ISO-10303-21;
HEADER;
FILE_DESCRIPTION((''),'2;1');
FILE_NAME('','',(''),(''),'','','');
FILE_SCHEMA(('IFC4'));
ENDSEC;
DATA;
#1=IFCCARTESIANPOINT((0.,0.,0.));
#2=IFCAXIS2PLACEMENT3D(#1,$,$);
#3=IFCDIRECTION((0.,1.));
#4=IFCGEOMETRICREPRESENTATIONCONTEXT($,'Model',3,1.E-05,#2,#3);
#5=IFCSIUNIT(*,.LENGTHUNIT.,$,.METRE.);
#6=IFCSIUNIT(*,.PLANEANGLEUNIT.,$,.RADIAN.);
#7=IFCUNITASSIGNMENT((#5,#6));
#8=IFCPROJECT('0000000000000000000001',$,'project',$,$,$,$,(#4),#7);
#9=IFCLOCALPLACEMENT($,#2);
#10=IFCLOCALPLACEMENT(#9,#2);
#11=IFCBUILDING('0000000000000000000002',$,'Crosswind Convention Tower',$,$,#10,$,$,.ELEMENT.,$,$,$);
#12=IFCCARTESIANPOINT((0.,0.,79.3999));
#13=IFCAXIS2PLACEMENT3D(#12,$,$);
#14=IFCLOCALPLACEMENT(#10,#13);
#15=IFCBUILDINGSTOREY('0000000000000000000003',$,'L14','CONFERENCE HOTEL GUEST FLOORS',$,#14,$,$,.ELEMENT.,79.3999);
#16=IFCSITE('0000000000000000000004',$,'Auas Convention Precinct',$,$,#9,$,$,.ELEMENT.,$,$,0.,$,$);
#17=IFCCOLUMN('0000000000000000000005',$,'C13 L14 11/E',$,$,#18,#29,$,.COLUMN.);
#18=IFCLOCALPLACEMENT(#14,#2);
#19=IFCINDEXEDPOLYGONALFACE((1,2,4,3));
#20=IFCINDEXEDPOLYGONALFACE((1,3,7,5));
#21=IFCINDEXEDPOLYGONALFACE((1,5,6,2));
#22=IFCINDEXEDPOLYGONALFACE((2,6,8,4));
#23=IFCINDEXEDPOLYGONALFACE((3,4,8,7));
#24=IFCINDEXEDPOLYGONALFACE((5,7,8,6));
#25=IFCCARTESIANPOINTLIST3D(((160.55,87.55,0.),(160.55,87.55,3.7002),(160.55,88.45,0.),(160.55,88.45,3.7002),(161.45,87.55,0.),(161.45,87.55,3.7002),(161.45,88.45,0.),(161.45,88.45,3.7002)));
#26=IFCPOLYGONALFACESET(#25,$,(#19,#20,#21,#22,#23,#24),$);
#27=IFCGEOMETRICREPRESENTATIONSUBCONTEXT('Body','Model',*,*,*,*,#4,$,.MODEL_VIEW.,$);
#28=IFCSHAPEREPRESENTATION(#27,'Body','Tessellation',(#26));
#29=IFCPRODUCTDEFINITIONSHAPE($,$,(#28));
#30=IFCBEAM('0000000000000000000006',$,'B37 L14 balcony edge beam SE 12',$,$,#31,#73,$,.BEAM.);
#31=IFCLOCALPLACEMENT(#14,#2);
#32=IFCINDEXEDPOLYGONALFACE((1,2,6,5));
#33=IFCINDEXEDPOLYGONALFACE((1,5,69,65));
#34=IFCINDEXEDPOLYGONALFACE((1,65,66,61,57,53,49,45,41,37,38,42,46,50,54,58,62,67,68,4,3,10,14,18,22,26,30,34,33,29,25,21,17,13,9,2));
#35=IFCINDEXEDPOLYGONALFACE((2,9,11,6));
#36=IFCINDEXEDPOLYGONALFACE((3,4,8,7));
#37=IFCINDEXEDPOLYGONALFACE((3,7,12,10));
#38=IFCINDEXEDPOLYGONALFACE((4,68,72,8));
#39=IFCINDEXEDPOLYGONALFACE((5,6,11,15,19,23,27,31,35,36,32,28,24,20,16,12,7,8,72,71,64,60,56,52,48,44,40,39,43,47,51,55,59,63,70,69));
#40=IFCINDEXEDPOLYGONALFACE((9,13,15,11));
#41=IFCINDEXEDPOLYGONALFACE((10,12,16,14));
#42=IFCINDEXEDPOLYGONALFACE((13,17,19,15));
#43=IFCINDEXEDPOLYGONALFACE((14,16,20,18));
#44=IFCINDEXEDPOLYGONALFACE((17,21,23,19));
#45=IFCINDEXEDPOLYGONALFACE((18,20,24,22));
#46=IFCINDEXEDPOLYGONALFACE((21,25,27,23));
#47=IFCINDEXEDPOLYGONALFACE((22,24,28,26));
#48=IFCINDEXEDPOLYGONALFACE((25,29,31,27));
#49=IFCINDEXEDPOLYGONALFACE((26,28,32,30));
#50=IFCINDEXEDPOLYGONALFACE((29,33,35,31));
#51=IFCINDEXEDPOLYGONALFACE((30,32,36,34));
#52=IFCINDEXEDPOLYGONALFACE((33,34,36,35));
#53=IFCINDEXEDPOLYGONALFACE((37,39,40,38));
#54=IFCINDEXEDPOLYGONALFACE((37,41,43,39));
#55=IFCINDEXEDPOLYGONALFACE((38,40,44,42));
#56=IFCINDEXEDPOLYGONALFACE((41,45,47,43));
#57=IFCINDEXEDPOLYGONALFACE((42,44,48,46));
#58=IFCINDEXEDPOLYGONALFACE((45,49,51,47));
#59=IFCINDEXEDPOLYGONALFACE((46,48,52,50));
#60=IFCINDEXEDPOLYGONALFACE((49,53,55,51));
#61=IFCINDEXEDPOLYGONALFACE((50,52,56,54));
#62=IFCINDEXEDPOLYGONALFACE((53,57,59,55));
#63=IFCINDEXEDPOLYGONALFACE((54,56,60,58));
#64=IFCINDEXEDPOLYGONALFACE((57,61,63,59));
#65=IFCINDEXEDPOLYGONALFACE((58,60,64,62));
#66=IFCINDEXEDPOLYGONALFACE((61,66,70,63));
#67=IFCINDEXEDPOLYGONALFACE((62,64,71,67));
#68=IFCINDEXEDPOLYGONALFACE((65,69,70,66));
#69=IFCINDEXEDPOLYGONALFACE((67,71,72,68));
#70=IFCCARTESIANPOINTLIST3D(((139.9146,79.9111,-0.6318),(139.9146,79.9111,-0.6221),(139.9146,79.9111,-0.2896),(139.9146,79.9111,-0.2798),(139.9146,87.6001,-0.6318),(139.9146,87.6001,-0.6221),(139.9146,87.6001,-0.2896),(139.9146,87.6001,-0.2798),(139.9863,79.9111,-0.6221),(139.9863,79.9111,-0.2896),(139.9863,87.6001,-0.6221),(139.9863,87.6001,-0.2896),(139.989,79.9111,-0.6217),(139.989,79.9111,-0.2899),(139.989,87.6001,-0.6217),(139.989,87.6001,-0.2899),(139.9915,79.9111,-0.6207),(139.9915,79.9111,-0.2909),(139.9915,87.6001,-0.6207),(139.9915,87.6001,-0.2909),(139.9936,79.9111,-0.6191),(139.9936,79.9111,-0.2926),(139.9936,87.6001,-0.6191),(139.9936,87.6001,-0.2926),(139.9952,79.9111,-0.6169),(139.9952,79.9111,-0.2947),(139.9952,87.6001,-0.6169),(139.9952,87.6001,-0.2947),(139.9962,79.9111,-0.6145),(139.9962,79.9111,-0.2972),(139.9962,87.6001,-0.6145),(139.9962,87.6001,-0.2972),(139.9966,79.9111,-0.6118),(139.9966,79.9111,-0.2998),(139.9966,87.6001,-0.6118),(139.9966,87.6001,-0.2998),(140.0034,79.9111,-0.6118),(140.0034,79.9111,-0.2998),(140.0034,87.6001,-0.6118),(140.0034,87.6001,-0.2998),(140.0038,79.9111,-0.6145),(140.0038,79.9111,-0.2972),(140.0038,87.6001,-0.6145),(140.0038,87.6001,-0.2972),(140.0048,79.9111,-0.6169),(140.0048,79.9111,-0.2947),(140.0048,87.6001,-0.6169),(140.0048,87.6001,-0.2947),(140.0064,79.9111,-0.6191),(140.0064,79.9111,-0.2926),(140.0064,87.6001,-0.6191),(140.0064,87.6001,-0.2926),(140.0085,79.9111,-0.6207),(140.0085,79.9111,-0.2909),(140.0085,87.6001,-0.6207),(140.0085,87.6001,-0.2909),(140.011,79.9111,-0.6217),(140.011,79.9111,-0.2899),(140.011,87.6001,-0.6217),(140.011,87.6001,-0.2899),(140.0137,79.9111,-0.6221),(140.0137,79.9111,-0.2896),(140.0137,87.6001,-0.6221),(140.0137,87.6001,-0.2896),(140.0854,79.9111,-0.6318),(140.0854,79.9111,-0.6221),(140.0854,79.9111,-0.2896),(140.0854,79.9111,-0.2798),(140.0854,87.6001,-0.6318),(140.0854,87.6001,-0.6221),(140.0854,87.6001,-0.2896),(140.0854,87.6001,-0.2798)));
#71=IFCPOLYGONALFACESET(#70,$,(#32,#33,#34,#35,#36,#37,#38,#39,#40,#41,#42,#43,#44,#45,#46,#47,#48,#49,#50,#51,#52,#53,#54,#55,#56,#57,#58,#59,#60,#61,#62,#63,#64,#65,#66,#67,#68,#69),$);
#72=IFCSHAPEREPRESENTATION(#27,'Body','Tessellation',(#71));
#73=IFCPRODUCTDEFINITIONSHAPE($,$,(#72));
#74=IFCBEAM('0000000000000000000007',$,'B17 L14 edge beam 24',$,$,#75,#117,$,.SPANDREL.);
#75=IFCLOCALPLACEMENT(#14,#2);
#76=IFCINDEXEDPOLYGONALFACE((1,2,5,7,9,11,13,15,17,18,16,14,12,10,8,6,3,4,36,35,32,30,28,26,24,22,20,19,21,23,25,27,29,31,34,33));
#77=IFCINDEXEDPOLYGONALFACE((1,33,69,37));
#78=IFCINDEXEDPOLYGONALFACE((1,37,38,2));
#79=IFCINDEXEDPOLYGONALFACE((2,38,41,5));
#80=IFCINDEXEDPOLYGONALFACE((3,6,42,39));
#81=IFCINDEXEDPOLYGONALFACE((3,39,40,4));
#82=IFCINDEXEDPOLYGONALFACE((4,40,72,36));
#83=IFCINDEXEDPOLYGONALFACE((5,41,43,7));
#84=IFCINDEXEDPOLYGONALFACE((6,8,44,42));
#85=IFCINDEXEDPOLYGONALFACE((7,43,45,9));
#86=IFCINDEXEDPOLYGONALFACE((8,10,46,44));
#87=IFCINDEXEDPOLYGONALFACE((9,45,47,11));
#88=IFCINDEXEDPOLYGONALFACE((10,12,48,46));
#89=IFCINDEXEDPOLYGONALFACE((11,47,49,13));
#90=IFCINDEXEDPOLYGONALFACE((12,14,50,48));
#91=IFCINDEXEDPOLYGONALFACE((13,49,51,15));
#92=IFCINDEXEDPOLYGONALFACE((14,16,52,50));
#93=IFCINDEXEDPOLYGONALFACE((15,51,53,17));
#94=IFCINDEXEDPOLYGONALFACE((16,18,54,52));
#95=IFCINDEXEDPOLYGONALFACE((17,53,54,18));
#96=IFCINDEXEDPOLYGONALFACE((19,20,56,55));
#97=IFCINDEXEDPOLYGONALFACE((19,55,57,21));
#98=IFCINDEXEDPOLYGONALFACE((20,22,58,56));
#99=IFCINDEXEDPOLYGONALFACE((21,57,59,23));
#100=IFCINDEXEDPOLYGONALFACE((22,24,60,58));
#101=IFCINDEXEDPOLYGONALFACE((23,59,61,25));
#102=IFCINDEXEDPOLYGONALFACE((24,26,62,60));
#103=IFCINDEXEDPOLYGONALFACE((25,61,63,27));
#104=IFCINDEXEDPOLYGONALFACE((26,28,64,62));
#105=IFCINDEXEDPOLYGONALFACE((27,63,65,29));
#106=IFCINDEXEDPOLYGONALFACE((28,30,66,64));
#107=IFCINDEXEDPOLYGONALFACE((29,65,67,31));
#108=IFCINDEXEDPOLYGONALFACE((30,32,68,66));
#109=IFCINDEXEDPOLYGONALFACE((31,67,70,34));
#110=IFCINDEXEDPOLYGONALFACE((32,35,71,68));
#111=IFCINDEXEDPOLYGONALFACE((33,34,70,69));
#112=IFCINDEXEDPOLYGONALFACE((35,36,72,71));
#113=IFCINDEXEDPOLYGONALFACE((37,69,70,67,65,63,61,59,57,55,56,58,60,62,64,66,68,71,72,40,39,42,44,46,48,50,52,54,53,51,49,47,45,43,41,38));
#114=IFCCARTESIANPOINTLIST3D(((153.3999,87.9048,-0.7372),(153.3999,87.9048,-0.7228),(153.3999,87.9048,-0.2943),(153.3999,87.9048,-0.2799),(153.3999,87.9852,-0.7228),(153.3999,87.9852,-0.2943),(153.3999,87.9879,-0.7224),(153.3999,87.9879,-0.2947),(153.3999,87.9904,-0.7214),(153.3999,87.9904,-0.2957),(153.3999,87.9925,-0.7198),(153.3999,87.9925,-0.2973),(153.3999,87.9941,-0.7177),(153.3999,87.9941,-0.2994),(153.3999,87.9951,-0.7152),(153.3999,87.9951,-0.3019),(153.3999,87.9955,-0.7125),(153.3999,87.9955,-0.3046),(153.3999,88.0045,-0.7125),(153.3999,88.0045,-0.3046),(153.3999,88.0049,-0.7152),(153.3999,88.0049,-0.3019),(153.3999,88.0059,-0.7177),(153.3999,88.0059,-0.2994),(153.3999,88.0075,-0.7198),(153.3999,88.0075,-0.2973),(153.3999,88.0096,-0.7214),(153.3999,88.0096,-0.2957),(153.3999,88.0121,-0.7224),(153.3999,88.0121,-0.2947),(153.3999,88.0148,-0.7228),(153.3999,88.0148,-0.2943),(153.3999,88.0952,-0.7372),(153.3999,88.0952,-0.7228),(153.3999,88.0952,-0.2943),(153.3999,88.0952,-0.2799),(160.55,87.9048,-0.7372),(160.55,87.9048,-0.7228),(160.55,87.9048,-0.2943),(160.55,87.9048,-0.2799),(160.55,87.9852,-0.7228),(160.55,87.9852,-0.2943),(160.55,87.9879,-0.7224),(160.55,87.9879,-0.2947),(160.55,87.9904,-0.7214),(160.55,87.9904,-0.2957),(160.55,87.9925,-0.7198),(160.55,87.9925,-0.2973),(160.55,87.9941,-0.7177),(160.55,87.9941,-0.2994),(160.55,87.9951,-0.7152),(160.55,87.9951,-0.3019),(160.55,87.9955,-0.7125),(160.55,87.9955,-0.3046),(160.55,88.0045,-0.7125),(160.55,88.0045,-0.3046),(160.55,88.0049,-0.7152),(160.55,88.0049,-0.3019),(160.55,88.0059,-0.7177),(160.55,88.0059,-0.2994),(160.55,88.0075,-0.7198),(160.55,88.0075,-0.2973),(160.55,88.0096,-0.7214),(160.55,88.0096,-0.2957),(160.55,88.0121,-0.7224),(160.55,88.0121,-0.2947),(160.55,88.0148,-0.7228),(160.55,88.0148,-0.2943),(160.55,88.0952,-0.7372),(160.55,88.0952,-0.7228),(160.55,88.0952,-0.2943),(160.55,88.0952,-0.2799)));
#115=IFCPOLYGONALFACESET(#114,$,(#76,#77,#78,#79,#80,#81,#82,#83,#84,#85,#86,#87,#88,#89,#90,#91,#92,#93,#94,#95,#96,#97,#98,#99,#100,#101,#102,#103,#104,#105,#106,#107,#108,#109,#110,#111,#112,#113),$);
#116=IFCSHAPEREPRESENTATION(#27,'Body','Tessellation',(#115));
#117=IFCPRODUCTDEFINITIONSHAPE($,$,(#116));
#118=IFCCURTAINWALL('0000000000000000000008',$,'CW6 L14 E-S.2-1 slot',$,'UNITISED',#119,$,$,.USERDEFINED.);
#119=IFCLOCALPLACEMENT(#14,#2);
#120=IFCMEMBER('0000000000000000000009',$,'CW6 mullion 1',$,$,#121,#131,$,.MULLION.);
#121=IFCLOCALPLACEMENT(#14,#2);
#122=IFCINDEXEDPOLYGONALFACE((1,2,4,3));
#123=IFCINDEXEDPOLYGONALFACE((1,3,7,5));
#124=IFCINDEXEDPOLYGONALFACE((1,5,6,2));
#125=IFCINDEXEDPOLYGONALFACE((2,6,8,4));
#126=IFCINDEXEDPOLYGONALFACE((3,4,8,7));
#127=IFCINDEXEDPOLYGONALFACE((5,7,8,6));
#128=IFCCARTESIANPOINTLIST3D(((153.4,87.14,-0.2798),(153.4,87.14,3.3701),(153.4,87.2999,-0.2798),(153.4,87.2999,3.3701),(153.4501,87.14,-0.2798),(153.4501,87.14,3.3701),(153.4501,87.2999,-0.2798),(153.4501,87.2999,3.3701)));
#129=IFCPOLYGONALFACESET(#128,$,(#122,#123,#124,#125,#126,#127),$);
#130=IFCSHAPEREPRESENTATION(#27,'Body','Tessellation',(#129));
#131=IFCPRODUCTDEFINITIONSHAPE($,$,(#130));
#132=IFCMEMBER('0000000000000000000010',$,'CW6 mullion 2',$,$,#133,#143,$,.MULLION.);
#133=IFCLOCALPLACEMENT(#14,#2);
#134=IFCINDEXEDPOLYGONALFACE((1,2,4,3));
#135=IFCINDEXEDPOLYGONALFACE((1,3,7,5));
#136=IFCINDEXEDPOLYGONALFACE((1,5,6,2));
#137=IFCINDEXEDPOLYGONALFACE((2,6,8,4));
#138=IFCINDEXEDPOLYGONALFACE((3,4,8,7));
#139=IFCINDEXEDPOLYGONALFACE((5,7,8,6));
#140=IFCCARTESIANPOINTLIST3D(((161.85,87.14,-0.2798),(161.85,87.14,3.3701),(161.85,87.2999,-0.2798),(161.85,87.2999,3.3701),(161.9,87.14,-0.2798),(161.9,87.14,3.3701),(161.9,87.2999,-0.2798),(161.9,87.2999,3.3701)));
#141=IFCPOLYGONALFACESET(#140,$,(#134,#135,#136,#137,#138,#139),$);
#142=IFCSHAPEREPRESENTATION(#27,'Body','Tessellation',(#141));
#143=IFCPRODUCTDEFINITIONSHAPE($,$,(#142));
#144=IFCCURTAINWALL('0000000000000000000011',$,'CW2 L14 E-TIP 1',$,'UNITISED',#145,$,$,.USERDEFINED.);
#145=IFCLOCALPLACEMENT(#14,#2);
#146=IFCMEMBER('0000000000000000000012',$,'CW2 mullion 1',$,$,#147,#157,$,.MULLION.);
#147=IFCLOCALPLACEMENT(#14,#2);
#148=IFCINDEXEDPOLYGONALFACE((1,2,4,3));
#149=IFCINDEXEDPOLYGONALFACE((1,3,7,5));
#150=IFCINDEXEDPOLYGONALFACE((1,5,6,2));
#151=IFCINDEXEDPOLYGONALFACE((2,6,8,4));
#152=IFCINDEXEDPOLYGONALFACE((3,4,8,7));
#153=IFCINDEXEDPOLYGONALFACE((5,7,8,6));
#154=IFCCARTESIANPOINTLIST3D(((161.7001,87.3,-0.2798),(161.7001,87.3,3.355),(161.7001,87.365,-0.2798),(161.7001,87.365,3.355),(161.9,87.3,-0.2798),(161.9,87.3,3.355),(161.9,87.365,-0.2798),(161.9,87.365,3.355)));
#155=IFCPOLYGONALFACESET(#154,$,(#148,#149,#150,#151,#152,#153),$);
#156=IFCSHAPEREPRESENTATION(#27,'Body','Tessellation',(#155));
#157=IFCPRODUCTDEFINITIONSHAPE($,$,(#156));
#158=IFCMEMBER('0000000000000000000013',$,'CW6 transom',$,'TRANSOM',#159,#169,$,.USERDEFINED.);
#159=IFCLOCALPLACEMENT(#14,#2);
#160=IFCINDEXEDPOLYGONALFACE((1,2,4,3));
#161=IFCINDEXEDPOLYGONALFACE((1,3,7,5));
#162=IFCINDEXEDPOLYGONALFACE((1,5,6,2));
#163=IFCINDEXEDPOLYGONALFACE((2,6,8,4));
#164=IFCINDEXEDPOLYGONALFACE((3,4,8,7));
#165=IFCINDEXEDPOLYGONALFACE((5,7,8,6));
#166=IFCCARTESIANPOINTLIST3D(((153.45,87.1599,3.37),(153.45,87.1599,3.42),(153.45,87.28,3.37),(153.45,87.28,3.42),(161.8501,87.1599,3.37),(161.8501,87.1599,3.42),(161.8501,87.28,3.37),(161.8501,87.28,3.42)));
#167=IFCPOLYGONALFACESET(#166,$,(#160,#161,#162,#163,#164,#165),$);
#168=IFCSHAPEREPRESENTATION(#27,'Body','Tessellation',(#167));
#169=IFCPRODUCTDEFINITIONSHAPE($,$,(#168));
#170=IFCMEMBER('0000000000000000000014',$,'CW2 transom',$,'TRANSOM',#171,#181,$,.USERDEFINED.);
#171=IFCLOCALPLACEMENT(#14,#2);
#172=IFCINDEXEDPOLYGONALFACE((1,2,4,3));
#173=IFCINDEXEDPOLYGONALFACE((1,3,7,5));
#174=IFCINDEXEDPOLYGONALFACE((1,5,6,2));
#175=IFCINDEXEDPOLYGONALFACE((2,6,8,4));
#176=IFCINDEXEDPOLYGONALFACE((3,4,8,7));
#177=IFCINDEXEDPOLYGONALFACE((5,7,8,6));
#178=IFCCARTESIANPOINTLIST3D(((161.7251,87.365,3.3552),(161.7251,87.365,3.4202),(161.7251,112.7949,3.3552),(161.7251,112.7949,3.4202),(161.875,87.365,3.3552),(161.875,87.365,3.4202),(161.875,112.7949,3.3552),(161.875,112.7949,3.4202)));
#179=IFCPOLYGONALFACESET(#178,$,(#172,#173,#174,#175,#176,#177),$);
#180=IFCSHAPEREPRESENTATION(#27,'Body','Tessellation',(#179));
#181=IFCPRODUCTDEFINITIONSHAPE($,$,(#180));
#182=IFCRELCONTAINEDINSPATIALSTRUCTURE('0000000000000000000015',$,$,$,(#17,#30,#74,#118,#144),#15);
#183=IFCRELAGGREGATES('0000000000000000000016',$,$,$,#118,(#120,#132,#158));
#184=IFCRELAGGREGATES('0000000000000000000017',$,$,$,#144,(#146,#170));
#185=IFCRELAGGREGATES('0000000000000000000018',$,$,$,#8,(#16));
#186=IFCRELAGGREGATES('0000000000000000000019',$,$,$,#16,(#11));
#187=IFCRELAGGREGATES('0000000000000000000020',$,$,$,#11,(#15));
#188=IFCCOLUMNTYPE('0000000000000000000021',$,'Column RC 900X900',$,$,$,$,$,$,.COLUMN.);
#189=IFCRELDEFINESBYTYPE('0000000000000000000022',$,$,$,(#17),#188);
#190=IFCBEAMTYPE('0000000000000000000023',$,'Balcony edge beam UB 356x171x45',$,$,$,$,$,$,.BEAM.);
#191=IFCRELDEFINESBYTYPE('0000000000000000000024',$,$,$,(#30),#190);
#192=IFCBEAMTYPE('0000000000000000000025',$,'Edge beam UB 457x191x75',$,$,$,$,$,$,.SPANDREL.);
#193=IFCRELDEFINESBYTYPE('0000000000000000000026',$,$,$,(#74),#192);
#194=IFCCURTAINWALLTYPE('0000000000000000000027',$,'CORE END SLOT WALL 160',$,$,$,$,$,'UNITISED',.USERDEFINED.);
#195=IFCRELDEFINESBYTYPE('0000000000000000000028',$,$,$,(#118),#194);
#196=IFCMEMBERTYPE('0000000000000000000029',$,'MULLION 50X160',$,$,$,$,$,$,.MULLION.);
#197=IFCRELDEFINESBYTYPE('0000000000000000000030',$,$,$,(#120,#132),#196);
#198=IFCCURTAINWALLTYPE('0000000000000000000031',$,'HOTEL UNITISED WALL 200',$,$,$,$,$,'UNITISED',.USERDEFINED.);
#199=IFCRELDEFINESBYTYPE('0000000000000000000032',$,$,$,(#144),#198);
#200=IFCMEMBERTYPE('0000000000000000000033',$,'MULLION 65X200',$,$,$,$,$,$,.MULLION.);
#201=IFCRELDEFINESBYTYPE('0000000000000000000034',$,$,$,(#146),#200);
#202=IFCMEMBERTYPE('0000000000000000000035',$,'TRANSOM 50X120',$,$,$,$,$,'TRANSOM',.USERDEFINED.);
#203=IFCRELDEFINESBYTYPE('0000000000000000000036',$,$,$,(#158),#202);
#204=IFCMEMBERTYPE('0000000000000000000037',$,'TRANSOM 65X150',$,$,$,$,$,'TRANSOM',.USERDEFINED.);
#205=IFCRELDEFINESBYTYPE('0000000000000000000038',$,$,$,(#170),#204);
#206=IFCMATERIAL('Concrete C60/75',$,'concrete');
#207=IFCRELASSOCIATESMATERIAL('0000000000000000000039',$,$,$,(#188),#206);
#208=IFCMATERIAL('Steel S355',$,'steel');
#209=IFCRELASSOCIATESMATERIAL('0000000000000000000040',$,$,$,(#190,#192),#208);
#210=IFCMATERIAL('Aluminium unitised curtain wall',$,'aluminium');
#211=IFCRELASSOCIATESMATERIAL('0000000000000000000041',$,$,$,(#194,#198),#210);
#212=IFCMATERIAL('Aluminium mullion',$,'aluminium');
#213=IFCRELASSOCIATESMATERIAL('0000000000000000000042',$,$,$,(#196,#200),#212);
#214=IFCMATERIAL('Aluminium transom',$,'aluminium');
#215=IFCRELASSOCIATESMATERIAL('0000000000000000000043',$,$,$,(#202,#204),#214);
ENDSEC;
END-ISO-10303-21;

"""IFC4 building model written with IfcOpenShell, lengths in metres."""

from ifc_helpers import new_model, si_unit, direction, frame, origin, origin_2d, place, context, subcontext, project, spatial, rectangle, i_section, extrude, material, material_profile, profile_set, type_object, element, aggregate, save


model = new_model("IFC4")

# Units and contexts
model_context = context("Model", 3, precision=1e-05, world=origin(), true_north=direction((0.0, 1.0)))
body_context = subcontext(model_context, "Body", "Model", "MODEL_VIEW")
ifc_project = project(units=[si_unit("LENGTHUNIT", "METRE"), si_unit("PLANEANGLEUNIT", "RADIAN")], contexts=[model_context])

# Site, building, storey
site_placement = place(None, origin())
site = spatial("IfcSite", under=ifc_project, at=site_placement, Name="Auas Convention Precinct", CompositionType="ELEMENT", RefElevation=0.0)
building_placement = place(site_placement, origin())
building = spatial("IfcBuilding", under=site, at=building_placement, Name="Crosswind Convention Tower", CompositionType="ELEMENT")
storey_placement = place(building_placement, frame((0.0, 0.0, 79.3999)))
storey = spatial("IfcBuildingStorey", under=building, at=storey_placement, Name="L14", Description="CONFERENCE HOTEL GUEST FLOORS", CompositionType="ELEMENT", Elevation=79.3999)

# Column
ifc_material_1 = material(Name="Concrete C60/75", Category="concrete")
ifc_material_profile_1 = material_profile(ifc_material_1, rectangle(XDim=0.8999, YDim=0.8999, at=origin_2d()), Name="RC 900X900")
ifc_profile_set_1 = profile_set([ifc_material_profile_1], Name="Concrete C60/75")
column_type = type_object("IfcColumnType", Name="Column RC 900X900", PredefinedType="COLUMN", material=ifc_profile_set_1)
column_placement = place(storey_placement, frame((161.0, 88.0, 0.0), z_axis=(0.0, 0.0, 1.0), x_axis=(1.0, 0.0, 0.0)))
element("IfcColumn", 1, at=column_placement, inside=storey, type_object=column_type, Name="C13 L14 11/E", PredefinedType="COLUMN", context=body_context, shape_type="SweptSolid", body=[
    extrude(rectangle(XDim=0.8999, YDim=0.8999, at=origin_2d()), origin(), (0.0, 0.0, 1.0), 3.7002),
])

# Beams
ifc_material_2 = material(Name="Steel S355", Category="steel")
ifc_material_profile_2 = material_profile(ifc_material_2, i_section(OverallWidth=0.1709, OverallDepth=0.3521, WebThickness=0.0068, FlangeThickness=0.0098, FilletRadius=0.0103, at=origin_2d()), Name="UB 356x171x45")
ifc_profile_set_2 = profile_set([ifc_material_profile_2], Name="Steel S355")
beam_type_1 = type_object("IfcBeamType", Name="Balcony edge beam UB 356x171x45", PredefinedType="BEAM", material=ifc_profile_set_2)
beam_1_placement = place(storey_placement, frame((140.0, 87.6001, -0.4558), z_axis=(0.0, -1.0, 0.0), x_axis=(1.0, 0.0, 0.0)))
element("IfcBeam", 2, at=beam_1_placement, inside=storey, type_object=beam_type_1, Name="B37 L14 balcony edge beam SE 12", PredefinedType="BEAM", context=body_context, shape_type="SweptSolid", body=[
    extrude(i_section(OverallWidth=0.1709, OverallDepth=0.3521, WebThickness=0.0068, FlangeThickness=0.0098, FilletRadius=0.0103, at=origin_2d()), origin(), (0.0, 0.0, 1.0), 7.689),
])
ifc_material_profile_3 = material_profile(ifc_material_2, i_section(OverallWidth=0.1904, OverallDepth=0.4573, WebThickness=0.009, FlangeThickness=0.0144, FilletRadius=0.0103, at=origin_2d()), Name="UB 457x191x75")
ifc_profile_set_3 = profile_set([ifc_material_profile_3], Name="Steel S355")
beam_type_2 = type_object("IfcBeamType", Name="Edge beam UB 457x191x75", PredefinedType="SPANDREL", material=ifc_profile_set_3)
beam_2_placement = place(storey_placement, frame((153.3999, 88.0, -0.5085), z_axis=(1.0, 0.0, 0.0), x_axis=(0.0, 1.0, 0.0)))
element("IfcBeam", 3, at=beam_2_placement, inside=storey, type_object=beam_type_2, Name="B17 L14 edge beam 24", PredefinedType="SPANDREL", context=body_context, shape_type="SweptSolid", body=[
    extrude(i_section(OverallWidth=0.1904, OverallDepth=0.4573, WebThickness=0.009, FlangeThickness=0.0144, FilletRadius=0.0103, at=origin_2d()), origin(), (0.0, 0.0, 1.0), 7.1501),
])

# Curtain wall, members
ifc_material_3 = material(Name="Aluminium unitised curtain wall", Category="aluminium")
curtain_wall_type_1 = type_object("IfcCurtainWallType", Name="CORE END SLOT WALL 160", ElementType="UNITISED", PredefinedType="USERDEFINED", material=ifc_material_3)
curtain_wall_1_placement = place(storey_placement, origin())
curtain_wall_1 = element("IfcCurtainWall", 4, at=curtain_wall_1_placement, inside=storey, type_object=curtain_wall_type_1, Name="CW6 L14 E-S.2-1 slot", ObjectType="UNITISED", PredefinedType="USERDEFINED")
ifc_material_4 = material(Name="Aluminium mullion", Category="aluminium")
ifc_material_profile_4 = material_profile(ifc_material_4, rectangle(XDim=0.1599, YDim=0.05, at=origin_2d()), Name="AL 160X50")
ifc_profile_set_4 = profile_set([ifc_material_profile_4], Name="Aluminium mullion")
member_type_1 = type_object("IfcMemberType", Name="MULLION 50X160", PredefinedType="MULLION", material=ifc_profile_set_4)
member_1_placement = place(storey_placement, frame((153.425, 87.22, -0.2798), z_axis=(0.0, 0.0, 1.0), x_axis=(0.0, -1.0, 0.0)))
member_1 = element("IfcMember", 5, at=member_1_placement, type_object=member_type_1, Name="CW6 mullion 1", PredefinedType="MULLION", context=body_context, shape_type="SweptSolid", body=[
    extrude(rectangle(XDim=0.1599, YDim=0.05, at=origin_2d()), origin(), (0.0, 0.0, 1.0), 3.6499),
])
member_2_placement = place(storey_placement, frame((161.875, 87.22, -0.2798), z_axis=(0.0, 0.0, 1.0), x_axis=(0.0, -1.0, 0.0)))
member_2 = element("IfcMember", 6, at=member_2_placement, type_object=member_type_1, Name="CW6 mullion 2", PredefinedType="MULLION", context=body_context, shape_type="SweptSolid", body=[
    extrude(rectangle(XDim=0.1599, YDim=0.05, at=origin_2d()), origin(), (0.0, 0.0, 1.0), 3.6499),
])

# Curtain wall, member
curtain_wall_type_2 = type_object("IfcCurtainWallType", Name="HOTEL UNITISED WALL 200", ElementType="UNITISED", PredefinedType="USERDEFINED", material=ifc_material_3)
curtain_wall_2_placement = place(storey_placement, origin())
curtain_wall_2 = element("IfcCurtainWall", 7, at=curtain_wall_2_placement, inside=storey, type_object=curtain_wall_type_2, Name="CW2 L14 E-TIP 1", ObjectType="UNITISED", PredefinedType="USERDEFINED")
ifc_material_profile_5 = material_profile(ifc_material_4, rectangle(XDim=0.2, YDim=0.0649, at=origin_2d()), Name="AL 200X65")
ifc_profile_set_5 = profile_set([ifc_material_profile_5], Name="Aluminium mullion")
member_type_2 = type_object("IfcMemberType", Name="MULLION 65X200", PredefinedType="MULLION", material=ifc_profile_set_5)
member_3_placement = place(storey_placement, frame((161.8, 87.3325, -0.2798), z_axis=(0.0, 0.0, 1.0), x_axis=(1.0, 0.0, 0.0)))
member_3 = element("IfcMember", 8, at=member_3_placement, type_object=member_type_2, Name="CW2 mullion 1", PredefinedType="MULLION", context=body_context, shape_type="SweptSolid", body=[
    extrude(rectangle(XDim=0.2, YDim=0.0649, at=origin_2d()), origin(), (0.0, 0.0, 1.0), 3.6348),
])

# Members
ifc_material_5 = material(Name="Aluminium transom", Category="aluminium")
ifc_material_profile_6 = material_profile(ifc_material_5, rectangle(XDim=0.1201, YDim=0.05, at=origin_2d()), Name="AL 120X50")
ifc_profile_set_6 = profile_set([ifc_material_profile_6], Name="Aluminium transom")
member_type_3 = type_object("IfcMemberType", Name="TRANSOM 50X120", ElementType="TRANSOM", PredefinedType="USERDEFINED", material=ifc_profile_set_6)
member_4_placement = place(storey_placement, frame((153.45, 87.22, 3.395), z_axis=(1.0, 0.0, 0.0), x_axis=(0.0, 1.0, 0.0)))
member_4 = element("IfcMember", 9, at=member_4_placement, type_object=member_type_3, Name="CW6 transom", ObjectType="TRANSOM", PredefinedType="USERDEFINED", context=body_context, shape_type="SweptSolid", body=[
    extrude(rectangle(XDim=0.1201, YDim=0.05, at=origin_2d()), origin(), (0.0, 0.0, 1.0), 8.4001),
])
ifc_material_profile_7 = material_profile(ifc_material_5, rectangle(XDim=0.1499, YDim=0.0649, at=origin_2d()), Name="AL 150X65")
ifc_profile_set_7 = profile_set([ifc_material_profile_7], Name="Aluminium transom")
member_type_4 = type_object("IfcMemberType", Name="TRANSOM 65X150", ElementType="TRANSOM", PredefinedType="USERDEFINED", material=ifc_profile_set_7)
member_5_placement = place(storey_placement, frame((161.8, 87.365, 3.3877), z_axis=(0.0, 1.0, 0.0), x_axis=(-1.0, 0.0, 0.0)))
member_5 = element("IfcMember", 10, at=member_5_placement, type_object=member_type_4, Name="CW2 transom", ObjectType="TRANSOM", PredefinedType="USERDEFINED", context=body_context, shape_type="SweptSolid", body=[
    extrude(rectangle(XDim=0.1499, YDim=0.0649, at=origin_2d()), origin(), (0.0, 0.0, 1.0), 25.4299),
])

aggregate(curtain_wall_1, [member_1, member_2, member_4])

aggregate(curtain_wall_2, [member_3, member_5])

save(model, "model.ifc")
